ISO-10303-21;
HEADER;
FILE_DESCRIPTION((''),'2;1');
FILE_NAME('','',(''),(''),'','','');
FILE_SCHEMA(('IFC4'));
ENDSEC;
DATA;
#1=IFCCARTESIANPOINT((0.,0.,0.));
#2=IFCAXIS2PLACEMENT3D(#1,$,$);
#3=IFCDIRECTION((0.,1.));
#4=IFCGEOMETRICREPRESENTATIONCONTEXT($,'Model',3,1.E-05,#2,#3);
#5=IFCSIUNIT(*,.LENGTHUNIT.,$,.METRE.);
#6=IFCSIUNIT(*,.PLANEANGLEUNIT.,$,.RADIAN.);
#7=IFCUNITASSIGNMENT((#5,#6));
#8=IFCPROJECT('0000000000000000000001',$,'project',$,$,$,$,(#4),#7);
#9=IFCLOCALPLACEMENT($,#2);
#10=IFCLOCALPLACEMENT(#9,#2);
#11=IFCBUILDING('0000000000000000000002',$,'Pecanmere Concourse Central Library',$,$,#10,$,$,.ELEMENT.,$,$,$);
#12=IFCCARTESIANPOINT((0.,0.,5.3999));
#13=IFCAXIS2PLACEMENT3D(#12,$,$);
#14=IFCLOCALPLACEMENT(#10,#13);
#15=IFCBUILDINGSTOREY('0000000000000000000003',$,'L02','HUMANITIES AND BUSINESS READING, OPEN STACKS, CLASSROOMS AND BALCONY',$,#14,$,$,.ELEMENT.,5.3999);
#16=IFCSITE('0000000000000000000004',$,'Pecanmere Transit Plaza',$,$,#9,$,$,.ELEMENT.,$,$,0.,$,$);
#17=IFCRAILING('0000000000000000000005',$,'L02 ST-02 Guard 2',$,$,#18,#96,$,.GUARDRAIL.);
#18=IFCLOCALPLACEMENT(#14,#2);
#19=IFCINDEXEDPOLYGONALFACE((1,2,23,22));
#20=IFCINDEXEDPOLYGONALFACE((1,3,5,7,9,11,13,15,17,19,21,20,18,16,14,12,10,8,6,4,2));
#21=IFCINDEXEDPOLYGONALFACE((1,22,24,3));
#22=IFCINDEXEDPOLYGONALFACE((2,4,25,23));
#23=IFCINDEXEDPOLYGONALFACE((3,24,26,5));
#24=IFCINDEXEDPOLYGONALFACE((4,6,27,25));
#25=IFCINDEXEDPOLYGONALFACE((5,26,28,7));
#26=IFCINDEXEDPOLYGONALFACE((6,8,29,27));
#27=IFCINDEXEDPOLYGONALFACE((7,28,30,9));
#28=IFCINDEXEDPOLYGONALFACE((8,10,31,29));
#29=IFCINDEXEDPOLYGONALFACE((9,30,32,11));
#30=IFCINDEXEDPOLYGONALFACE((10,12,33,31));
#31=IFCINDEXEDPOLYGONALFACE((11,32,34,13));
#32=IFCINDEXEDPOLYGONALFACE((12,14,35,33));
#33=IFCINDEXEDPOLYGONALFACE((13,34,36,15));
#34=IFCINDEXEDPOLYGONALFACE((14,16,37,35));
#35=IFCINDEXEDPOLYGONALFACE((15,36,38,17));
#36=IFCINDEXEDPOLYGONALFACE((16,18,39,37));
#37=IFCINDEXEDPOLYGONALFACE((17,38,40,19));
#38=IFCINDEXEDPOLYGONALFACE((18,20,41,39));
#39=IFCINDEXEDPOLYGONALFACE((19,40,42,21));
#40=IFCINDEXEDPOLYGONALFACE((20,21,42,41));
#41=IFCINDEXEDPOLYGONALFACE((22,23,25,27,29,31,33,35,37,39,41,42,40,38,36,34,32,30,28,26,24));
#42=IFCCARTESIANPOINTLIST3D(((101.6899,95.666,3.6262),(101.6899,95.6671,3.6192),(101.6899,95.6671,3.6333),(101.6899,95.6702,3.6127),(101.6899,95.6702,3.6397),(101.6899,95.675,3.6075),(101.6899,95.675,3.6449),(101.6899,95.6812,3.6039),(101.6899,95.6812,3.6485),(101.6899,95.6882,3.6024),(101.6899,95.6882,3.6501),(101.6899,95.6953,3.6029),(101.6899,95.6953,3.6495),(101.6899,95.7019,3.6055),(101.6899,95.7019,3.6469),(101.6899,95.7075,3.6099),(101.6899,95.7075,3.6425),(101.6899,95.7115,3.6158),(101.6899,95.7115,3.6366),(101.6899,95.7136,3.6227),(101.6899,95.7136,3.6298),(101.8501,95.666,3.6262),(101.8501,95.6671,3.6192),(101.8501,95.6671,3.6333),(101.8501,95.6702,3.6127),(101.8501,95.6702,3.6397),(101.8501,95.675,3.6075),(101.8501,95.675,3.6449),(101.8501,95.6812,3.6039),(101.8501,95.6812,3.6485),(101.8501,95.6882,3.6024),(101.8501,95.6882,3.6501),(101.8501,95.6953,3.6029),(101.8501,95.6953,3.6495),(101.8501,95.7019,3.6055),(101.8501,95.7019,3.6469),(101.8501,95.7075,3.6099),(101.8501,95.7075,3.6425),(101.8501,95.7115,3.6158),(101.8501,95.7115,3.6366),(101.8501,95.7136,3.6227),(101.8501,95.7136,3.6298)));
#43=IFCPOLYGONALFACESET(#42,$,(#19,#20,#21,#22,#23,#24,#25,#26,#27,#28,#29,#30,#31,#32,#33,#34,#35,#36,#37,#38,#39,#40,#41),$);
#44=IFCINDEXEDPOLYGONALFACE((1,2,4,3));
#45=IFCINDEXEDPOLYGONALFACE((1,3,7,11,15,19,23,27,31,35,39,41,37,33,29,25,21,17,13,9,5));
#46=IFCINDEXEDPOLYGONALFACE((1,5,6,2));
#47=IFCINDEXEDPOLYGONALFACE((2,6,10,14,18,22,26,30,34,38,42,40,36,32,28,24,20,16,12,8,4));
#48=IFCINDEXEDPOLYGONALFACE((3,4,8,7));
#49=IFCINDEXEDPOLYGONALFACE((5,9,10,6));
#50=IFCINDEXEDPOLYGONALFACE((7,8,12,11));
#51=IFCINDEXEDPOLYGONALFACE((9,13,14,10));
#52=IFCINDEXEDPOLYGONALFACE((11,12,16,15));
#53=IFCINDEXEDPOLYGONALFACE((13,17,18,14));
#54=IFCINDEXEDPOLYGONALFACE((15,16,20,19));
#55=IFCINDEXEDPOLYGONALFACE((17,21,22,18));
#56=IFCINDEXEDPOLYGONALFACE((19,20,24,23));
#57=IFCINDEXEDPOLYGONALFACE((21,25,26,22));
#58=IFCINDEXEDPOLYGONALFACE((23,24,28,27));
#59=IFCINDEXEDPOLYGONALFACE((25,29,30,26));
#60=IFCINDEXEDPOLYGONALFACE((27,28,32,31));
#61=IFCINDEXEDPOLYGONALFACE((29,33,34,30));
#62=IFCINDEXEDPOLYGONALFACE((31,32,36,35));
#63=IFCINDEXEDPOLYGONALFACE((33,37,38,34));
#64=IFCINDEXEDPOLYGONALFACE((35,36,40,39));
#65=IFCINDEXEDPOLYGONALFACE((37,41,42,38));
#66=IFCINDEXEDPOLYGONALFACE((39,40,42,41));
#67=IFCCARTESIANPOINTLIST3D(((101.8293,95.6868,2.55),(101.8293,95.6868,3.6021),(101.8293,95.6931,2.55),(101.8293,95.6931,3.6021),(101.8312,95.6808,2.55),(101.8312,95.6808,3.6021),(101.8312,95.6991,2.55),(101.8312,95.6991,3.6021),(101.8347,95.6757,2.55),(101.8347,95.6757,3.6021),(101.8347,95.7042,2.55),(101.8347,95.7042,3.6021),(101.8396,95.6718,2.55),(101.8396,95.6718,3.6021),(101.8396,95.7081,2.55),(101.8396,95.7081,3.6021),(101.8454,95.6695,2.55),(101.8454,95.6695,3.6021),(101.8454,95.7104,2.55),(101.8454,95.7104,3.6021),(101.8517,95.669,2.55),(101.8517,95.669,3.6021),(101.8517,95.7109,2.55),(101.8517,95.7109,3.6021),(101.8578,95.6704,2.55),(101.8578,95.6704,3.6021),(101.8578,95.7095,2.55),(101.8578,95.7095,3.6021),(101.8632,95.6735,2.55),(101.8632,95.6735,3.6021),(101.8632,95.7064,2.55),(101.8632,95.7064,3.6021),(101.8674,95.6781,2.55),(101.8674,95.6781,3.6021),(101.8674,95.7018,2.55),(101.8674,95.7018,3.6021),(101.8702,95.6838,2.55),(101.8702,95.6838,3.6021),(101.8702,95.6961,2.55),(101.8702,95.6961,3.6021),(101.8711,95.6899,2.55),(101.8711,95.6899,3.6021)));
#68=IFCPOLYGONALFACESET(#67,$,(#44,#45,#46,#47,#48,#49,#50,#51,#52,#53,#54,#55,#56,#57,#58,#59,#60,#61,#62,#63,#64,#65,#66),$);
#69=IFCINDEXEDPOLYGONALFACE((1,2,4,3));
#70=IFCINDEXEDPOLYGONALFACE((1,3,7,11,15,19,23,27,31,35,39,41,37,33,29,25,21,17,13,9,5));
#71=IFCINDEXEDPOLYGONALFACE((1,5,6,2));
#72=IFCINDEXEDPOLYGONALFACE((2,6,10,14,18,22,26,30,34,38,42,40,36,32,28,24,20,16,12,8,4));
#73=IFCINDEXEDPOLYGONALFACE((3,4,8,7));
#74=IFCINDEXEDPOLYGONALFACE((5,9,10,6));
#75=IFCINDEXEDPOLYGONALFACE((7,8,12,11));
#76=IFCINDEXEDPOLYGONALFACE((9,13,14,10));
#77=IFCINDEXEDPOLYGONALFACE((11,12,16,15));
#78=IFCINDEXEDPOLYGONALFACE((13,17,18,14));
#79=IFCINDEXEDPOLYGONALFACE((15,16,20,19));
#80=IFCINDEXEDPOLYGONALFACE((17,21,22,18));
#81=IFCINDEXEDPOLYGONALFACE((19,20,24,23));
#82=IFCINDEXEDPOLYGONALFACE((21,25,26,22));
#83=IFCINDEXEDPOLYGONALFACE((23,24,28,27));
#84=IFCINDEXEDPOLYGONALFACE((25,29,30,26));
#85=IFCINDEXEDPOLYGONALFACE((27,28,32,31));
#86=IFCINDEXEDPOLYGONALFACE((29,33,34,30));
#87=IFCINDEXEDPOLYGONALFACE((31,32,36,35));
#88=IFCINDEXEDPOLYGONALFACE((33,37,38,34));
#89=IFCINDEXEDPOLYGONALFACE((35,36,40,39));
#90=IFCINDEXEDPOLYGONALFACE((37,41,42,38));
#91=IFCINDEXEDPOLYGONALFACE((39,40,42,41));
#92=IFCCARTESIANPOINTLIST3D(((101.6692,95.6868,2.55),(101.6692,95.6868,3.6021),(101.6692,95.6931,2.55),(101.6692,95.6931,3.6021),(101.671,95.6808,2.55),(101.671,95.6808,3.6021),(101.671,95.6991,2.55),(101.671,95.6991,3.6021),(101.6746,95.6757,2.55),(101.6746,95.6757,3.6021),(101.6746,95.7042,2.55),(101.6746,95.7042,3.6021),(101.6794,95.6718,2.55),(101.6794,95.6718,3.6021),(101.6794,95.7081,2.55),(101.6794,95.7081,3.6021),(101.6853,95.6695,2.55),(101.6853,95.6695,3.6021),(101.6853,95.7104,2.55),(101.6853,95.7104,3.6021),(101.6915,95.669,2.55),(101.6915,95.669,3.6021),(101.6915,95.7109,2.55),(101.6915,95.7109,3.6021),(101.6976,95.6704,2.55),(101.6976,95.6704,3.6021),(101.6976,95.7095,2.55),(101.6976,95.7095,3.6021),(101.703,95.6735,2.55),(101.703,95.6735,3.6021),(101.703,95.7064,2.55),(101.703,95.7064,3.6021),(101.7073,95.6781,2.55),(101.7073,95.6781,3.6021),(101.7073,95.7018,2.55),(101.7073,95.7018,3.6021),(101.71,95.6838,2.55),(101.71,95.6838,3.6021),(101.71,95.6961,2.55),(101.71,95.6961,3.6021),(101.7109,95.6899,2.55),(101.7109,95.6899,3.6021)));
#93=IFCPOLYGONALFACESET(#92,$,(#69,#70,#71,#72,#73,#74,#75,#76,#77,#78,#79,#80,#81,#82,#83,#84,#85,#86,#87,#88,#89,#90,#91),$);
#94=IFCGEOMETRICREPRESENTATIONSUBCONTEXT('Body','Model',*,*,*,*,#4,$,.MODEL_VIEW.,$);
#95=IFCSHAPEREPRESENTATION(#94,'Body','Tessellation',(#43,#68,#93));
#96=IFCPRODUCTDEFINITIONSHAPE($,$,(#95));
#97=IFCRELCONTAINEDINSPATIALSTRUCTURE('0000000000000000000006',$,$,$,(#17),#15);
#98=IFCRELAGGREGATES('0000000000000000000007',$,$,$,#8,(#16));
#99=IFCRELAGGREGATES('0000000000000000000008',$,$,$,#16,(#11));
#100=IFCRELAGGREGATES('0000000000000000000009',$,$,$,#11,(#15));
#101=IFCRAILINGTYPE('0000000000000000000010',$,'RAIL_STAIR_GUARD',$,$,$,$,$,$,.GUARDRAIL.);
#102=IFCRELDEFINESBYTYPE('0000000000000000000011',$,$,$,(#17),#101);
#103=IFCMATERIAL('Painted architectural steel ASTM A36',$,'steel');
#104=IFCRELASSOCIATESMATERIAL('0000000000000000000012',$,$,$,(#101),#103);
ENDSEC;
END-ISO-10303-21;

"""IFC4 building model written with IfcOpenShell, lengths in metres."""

from ifc_helpers import new_model, si_unit, direction, frame, origin, origin_2d, place, context, subcontext, project, spatial, circle, extrude, material, type_object, element, save


model = new_model("IFC4")

# Units and contexts
model_context = context("Model", 3, precision=1e-05, world=origin(), true_north=direction((0.0, 1.0)))
body_context = subcontext(model_context, "Body", "Model", "MODEL_VIEW")
ifc_project = project(units=[si_unit("LENGTHUNIT", "METRE"), si_unit("PLANEANGLEUNIT", "RADIAN")], contexts=[model_context])

# Site, building, storey
site_placement = place(None, origin())
site = spatial("IfcSite", under=ifc_project, at=site_placement, Name="Pecanmere Transit Plaza", CompositionType="ELEMENT", RefElevation=0.0)
building_placement = place(site_placement, origin())
building = spatial("IfcBuilding", under=site, at=building_placement, Name="Pecanmere Concourse Central Library", CompositionType="ELEMENT")
storey_placement = place(building_placement, frame((0.0, 0.0, 5.3999)))
storey = spatial("IfcBuildingStorey", under=building, at=storey_placement, Name="L02", Description="HUMANITIES AND BUSINESS READING, OPEN STACKS, CLASSROOMS AND BALCONY", CompositionType="ELEMENT", Elevation=5.3999)

# Railing
ifc_material_1 = material(Name="Painted architectural steel ASTM A36", Category="steel")
railing_type_1 = type_object("IfcRailingType", Name="RAIL_STAIR_GUARD", PredefinedType="GUARDRAIL", material=ifc_material_1)
railing_1_placement = place(storey_placement, frame((101.8501, 95.6899, 2.55)))
element("IfcRailing", 1, at=railing_1_placement, inside=storey, type_object=railing_type_1, Name="L02 ST-02 Guard 2", PredefinedType="GUARDRAIL", context=body_context, shape_type="SweptSolid", body=[
    extrude(circle(Radius=0.0239, at=origin_2d()), frame((0.0, 0.0, 1.0762), z_axis=(-1.0, 0.0, 0.0), x_axis=(0.0, -1.0, 0.0)), (0.0, 0.0, 1.0), 0.1602),
    extrude(circle(Radius=0.021, at=origin_2d()), origin(), (0.0, 0.0, 1.0), 1.052),
    extrude(circle(Radius=0.021, at=origin_2d()), frame((-0.1602, 0.0, 0.0)), (0.0, 0.0, 1.0), 1.052),
])

save(model, "model.ifc")
